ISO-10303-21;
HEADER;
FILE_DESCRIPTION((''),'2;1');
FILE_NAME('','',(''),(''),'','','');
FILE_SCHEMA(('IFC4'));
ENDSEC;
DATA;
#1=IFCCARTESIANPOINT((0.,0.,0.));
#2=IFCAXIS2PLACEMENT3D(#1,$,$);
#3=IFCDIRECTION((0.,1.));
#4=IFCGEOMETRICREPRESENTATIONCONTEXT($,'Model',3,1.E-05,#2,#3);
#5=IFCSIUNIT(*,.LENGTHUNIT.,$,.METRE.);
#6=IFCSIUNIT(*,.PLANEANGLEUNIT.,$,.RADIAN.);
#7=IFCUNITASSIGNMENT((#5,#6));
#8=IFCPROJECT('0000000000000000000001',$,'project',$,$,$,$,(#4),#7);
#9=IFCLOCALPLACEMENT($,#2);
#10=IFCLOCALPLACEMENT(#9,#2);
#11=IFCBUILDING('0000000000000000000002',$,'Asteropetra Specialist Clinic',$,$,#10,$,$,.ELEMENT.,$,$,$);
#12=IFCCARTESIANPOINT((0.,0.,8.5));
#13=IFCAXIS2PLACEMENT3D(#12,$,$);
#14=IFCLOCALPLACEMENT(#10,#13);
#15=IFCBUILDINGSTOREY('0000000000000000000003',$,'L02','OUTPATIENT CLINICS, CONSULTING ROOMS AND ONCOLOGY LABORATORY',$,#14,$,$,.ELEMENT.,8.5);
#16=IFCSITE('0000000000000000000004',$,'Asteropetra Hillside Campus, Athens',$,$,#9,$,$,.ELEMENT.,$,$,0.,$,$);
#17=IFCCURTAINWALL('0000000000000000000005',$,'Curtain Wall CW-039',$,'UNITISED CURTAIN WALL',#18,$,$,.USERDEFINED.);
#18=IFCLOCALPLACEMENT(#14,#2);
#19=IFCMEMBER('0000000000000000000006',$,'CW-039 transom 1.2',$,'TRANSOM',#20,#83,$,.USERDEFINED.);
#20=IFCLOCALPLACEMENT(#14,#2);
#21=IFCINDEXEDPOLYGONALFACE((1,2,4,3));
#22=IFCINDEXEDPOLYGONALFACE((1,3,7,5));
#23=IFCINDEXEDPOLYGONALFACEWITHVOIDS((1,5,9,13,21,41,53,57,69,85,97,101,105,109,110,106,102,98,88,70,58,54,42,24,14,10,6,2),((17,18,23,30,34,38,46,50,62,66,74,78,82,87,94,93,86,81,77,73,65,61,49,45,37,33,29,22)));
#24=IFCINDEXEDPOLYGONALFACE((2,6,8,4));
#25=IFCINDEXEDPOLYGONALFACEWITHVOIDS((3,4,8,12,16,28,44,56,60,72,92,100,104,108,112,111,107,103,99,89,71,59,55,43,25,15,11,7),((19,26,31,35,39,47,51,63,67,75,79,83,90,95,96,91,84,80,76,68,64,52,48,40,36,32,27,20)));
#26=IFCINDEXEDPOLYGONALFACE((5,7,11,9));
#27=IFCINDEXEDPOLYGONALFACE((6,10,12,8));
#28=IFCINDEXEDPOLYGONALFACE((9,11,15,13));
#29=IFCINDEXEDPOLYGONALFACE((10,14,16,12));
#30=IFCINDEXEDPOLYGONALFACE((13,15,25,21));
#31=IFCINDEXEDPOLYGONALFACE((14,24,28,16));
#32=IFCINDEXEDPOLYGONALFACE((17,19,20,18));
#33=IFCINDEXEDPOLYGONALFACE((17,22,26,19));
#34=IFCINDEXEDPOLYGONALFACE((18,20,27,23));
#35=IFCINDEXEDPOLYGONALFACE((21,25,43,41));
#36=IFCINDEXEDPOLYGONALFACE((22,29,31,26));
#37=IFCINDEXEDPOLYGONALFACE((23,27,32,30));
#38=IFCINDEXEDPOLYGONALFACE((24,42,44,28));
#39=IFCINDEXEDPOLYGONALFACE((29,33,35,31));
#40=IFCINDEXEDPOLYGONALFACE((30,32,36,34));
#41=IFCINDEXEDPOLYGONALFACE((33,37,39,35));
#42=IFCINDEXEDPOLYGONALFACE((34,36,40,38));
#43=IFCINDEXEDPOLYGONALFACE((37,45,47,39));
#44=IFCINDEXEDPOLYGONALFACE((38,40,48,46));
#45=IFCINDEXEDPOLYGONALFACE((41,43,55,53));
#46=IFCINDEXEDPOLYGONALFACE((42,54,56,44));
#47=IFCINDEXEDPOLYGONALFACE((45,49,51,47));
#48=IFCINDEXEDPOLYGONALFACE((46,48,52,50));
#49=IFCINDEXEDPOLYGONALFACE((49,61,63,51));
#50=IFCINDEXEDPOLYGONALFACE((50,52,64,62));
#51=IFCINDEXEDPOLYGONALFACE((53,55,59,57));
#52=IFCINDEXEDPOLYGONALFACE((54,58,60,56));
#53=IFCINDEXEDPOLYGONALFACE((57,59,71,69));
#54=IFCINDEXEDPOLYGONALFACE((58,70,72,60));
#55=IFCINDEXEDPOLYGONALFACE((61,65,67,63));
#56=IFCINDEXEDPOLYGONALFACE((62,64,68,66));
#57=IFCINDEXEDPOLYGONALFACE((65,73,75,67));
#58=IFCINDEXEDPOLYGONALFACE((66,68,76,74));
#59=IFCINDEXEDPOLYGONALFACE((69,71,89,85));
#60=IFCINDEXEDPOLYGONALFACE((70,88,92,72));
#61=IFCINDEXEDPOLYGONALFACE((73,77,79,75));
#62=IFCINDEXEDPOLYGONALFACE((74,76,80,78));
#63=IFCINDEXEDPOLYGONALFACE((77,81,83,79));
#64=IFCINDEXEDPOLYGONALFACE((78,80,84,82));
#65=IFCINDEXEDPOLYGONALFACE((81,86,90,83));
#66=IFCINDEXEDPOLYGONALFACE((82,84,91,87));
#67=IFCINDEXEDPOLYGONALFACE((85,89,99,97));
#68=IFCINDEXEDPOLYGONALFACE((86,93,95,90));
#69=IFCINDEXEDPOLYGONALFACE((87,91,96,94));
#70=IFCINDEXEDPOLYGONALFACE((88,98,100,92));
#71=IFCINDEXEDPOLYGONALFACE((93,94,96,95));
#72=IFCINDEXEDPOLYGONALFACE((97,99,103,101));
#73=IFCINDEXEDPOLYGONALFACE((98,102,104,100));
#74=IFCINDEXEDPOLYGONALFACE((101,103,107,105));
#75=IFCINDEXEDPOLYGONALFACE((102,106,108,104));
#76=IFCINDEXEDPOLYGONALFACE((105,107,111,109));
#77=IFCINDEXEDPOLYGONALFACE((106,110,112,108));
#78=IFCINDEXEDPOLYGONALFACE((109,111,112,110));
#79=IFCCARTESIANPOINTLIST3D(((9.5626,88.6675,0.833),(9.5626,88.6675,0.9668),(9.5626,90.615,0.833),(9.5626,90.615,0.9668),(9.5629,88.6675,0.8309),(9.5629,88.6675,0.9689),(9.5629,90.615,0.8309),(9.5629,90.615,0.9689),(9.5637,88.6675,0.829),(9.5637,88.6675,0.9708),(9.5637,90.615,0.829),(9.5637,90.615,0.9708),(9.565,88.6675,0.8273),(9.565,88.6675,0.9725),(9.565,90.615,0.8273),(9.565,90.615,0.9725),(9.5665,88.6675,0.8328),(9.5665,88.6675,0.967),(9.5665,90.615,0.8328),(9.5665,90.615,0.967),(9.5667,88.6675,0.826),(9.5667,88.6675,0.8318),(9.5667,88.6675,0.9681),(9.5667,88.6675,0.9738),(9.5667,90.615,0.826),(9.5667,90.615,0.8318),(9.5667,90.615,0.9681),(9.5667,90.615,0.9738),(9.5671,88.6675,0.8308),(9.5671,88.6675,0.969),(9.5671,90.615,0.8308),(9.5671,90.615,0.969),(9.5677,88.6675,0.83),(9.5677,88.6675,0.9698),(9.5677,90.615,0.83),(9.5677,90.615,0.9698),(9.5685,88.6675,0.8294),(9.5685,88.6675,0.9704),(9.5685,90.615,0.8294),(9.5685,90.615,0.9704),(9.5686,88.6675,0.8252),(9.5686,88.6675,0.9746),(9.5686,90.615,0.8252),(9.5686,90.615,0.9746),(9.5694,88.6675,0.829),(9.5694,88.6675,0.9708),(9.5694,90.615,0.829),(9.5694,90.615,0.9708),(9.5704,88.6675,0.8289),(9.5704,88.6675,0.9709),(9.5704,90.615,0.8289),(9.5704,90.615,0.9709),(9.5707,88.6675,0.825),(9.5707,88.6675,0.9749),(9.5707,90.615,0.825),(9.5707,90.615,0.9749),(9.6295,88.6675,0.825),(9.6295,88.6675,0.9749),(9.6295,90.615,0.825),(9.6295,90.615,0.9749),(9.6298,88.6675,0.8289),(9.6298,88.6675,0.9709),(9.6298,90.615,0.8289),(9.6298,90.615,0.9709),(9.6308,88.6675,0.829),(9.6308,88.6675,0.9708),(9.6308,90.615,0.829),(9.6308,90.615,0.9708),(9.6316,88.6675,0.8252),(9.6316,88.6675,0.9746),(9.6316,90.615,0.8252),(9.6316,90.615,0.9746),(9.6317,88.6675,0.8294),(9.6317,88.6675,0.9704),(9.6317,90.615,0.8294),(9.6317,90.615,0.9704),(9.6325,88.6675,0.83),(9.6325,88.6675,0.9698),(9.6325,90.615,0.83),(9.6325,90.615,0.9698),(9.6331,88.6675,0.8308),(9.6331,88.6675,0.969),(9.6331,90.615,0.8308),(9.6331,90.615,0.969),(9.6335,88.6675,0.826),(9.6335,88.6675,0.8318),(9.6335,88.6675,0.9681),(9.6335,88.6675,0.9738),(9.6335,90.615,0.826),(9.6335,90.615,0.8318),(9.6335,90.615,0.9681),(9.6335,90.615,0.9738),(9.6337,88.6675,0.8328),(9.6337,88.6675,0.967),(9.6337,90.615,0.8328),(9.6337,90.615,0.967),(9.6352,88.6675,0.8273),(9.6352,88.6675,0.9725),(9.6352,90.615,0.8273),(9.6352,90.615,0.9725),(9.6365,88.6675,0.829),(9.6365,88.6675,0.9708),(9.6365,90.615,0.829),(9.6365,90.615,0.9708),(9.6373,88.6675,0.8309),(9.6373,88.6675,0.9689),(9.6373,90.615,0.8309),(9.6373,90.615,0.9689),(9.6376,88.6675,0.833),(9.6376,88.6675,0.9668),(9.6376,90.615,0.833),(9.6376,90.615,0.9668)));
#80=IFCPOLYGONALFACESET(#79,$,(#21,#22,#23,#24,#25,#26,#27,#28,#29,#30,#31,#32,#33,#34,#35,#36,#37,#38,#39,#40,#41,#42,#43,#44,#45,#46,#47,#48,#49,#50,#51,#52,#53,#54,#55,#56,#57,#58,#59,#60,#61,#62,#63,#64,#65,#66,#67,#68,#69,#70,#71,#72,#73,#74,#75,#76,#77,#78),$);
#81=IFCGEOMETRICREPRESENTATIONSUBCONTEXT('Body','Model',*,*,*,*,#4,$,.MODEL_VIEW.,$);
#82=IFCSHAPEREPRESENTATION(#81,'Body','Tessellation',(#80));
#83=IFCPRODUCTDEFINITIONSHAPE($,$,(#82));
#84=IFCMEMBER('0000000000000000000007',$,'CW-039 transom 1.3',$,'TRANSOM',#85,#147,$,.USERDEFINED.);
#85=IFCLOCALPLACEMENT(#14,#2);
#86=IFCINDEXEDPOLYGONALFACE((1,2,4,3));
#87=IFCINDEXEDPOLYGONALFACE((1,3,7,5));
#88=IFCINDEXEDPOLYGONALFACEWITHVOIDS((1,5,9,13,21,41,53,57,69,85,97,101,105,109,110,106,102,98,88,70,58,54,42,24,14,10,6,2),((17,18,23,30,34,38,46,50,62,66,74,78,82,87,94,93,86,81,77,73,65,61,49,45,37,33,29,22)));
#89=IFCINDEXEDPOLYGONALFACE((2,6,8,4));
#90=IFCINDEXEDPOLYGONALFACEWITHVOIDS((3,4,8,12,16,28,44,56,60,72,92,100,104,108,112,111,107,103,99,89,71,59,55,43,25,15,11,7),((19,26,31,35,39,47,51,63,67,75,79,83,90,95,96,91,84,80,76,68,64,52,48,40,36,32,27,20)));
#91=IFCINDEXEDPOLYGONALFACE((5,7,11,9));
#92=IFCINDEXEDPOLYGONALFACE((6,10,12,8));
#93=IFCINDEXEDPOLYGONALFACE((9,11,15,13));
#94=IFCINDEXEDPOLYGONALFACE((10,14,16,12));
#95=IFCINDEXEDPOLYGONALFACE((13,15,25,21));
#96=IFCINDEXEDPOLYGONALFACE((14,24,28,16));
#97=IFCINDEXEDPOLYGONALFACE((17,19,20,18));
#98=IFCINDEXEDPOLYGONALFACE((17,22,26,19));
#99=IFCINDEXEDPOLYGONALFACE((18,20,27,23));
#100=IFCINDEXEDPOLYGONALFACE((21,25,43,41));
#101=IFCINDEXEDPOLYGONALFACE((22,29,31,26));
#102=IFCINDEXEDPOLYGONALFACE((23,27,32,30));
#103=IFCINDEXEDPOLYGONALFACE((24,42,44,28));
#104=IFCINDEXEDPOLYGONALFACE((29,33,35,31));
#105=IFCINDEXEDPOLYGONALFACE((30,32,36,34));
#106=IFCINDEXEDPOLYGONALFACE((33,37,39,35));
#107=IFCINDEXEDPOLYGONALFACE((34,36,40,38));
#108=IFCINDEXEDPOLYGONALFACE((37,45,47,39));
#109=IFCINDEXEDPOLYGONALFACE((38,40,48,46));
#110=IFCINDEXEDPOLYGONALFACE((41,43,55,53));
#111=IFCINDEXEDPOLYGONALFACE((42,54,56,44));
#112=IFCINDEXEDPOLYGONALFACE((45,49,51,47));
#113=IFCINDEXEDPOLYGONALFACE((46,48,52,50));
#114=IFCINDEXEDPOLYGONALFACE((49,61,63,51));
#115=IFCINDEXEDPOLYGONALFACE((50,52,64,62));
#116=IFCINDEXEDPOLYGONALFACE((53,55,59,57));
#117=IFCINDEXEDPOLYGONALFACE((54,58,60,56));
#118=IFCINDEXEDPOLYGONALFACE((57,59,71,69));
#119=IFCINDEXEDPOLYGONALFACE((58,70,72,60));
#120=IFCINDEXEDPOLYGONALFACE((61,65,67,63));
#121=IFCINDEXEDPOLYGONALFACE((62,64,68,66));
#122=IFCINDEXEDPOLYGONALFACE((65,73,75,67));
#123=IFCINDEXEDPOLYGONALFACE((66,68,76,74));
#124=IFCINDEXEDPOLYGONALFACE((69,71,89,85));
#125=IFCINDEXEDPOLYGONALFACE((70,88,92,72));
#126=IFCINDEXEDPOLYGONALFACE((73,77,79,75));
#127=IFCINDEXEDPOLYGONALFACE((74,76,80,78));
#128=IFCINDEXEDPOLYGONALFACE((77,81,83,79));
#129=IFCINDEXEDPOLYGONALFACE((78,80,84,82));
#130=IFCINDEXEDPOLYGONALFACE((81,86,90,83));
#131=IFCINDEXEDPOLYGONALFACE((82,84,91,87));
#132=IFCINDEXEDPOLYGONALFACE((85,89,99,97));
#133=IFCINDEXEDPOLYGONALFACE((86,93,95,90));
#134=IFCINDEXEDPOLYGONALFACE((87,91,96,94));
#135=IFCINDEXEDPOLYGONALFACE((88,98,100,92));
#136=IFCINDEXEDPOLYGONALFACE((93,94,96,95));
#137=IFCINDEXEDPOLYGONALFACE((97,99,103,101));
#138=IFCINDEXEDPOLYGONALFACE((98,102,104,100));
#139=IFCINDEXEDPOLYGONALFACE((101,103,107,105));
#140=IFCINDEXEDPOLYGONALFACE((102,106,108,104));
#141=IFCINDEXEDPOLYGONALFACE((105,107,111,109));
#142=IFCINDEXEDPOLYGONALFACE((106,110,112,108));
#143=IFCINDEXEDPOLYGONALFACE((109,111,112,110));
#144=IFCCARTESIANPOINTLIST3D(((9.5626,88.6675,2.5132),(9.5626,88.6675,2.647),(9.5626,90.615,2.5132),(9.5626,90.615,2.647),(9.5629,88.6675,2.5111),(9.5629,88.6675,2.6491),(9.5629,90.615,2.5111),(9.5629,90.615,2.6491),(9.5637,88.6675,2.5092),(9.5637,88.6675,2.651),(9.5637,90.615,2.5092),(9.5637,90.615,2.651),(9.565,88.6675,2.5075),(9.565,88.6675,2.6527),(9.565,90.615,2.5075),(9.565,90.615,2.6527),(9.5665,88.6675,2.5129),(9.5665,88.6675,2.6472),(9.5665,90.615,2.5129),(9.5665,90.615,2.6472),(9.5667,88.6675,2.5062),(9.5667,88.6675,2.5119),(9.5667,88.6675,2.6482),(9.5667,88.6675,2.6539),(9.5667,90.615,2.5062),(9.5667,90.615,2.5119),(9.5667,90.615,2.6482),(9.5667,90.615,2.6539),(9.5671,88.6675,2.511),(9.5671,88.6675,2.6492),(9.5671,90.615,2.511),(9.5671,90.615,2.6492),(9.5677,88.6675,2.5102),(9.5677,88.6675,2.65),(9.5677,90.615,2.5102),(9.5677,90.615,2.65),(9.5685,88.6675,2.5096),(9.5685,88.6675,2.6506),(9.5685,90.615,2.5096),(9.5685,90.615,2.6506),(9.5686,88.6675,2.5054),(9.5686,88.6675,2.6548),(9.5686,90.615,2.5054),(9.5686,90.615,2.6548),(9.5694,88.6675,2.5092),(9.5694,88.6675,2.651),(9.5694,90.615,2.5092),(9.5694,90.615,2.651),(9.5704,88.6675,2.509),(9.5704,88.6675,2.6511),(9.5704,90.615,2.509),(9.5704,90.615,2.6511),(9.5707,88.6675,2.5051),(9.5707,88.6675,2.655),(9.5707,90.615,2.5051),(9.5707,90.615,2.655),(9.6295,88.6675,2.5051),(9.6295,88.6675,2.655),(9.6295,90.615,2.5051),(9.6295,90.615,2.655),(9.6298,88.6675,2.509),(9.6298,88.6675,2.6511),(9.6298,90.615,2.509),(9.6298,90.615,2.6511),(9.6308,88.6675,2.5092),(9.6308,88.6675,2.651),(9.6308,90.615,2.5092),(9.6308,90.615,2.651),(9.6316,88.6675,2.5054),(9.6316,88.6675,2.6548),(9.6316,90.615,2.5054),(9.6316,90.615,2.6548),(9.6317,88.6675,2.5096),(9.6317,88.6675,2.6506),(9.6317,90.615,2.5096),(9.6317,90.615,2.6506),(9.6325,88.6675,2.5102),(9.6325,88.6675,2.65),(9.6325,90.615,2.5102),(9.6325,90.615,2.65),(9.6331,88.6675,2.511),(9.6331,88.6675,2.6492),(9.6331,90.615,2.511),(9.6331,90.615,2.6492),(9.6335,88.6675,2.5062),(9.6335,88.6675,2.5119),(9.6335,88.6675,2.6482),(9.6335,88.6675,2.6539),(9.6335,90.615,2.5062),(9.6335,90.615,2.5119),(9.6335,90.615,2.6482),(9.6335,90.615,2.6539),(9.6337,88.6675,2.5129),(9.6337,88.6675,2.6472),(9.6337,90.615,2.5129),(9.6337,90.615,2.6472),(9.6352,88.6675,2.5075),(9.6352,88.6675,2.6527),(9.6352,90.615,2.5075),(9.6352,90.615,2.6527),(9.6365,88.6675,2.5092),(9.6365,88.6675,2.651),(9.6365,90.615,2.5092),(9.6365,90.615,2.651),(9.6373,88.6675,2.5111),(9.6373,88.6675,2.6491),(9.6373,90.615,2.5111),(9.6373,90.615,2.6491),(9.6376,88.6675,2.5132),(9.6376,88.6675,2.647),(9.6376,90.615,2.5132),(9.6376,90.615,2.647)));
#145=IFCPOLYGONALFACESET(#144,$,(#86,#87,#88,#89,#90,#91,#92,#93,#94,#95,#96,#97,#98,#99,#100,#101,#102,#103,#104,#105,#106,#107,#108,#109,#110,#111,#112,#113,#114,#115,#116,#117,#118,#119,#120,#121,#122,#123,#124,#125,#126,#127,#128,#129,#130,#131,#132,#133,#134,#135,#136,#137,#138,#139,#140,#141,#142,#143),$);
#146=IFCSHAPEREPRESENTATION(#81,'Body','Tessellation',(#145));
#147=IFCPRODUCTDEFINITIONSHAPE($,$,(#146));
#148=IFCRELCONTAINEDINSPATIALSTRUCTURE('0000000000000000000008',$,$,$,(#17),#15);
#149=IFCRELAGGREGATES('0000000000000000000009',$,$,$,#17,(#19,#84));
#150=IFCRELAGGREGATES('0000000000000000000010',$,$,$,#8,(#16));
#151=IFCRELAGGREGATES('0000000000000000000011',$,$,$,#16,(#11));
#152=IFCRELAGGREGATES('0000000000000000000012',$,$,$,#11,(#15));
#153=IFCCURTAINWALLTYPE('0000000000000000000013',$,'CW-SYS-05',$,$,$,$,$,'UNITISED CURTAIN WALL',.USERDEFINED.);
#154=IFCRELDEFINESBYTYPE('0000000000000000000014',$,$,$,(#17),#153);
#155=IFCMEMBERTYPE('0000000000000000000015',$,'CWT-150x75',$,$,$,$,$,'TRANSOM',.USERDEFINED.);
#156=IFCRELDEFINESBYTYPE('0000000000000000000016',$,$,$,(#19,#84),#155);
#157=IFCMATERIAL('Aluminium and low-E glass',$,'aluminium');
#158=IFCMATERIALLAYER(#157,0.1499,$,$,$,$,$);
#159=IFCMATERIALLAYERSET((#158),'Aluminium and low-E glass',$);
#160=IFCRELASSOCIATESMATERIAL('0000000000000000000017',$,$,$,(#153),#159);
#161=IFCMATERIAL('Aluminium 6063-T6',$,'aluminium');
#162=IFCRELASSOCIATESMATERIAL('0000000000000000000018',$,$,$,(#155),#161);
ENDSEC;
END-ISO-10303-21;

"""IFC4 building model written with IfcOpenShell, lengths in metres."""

from ifc_helpers import new_model, si_unit, direction, frame, origin, origin_2d, place, context, subcontext, project, spatial, hollow_rectangle, extrude, material, layer, layer_set, material_profile, profile_set, type_object, element, aggregate, save


model = new_model("IFC4")

# Units and contexts
model_context = context("Model", 3, precision=1e-05, world=origin(), true_north=direction((0.0, 1.0)))
body_context = subcontext(model_context, "Body", "Model", "MODEL_VIEW")
ifc_project = project(units=[si_unit("LENGTHUNIT", "METRE"), si_unit("PLANEANGLEUNIT", "RADIAN")], contexts=[model_context])

# Site, building, storey
site_placement = place(None, origin())
site = spatial("IfcSite", under=ifc_project, at=site_placement, Name="Asteropetra Hillside Campus, Athens", CompositionType="ELEMENT", RefElevation=0.0)
building_placement = place(site_placement, origin())
building = spatial("IfcBuilding", under=site, at=building_placement, Name="Asteropetra Specialist Clinic", CompositionType="ELEMENT")
storey_placement = place(building_placement, frame((0.0, 0.0, 8.5)))
storey = spatial("IfcBuildingStorey", under=building, at=storey_placement, Name="L02", Description="OUTPATIENT CLINICS, CONSULTING ROOMS AND ONCOLOGY LABORATORY", CompositionType="ELEMENT", Elevation=8.5)

# Curtain wall, members
ifc_material_1 = material(Name="Aluminium and low-E glass", Category="aluminium")
ifc_layer_1 = layer(ifc_material_1, 0.1499)
ifc_layer_set_1 = layer_set([ifc_layer_1], Name="Aluminium and low-E glass")
curtain_wall_type = type_object("IfcCurtainWallType", Name="CW-SYS-05", ElementType="UNITISED CURTAIN WALL", PredefinedType="USERDEFINED", material=ifc_layer_set_1)
curtain_wall_placement = place(storey_placement, origin())
curtain_wall = element("IfcCurtainWall", 1, at=curtain_wall_placement, inside=storey, type_object=curtain_wall_type, Name="Curtain Wall CW-039", ObjectType="UNITISED CURTAIN WALL", PredefinedType="USERDEFINED")
ifc_material_2 = material(Name="Aluminium 6063-T6", Category="aluminium")
ifc_material_profile_1 = material_profile(ifc_material_2, hollow_rectangle(XDim=0.075, YDim=0.1499, WallThickness=0.0039, InnerFilletRadius=0.0039, OuterFilletRadius=0.0081, at=origin_2d()), Name="TRN 150x75x4.0")
ifc_profile_set_1 = profile_set([ifc_material_profile_1], Name="Aluminium 6063-T6")
member_type_1 = type_object("IfcMemberType", Name="CWT-150x75", ElementType="TRANSOM", PredefinedType="USERDEFINED", material=ifc_profile_set_1)
member_1_placement = place(storey_placement, frame((9.6001, 90.615, 0.8999), z_axis=(0.0, -1.0, 0.0), x_axis=(1.0, 0.0, 0.0)))
member_1 = element("IfcMember", 2, at=member_1_placement, type_object=member_type_1, Name="CW-039 transom 1.2", ObjectType="TRANSOM", PredefinedType="USERDEFINED", context=body_context, shape_type="SweptSolid", body=[
    extrude(hollow_rectangle(XDim=0.075, YDim=0.1499, WallThickness=0.0039, InnerFilletRadius=0.0039, OuterFilletRadius=0.0081, at=origin_2d()), origin(), (0.0, 0.0, 1.0), 1.9475),
])
member_2_placement = place(storey_placement, frame((9.6001, 90.615, 2.5801), z_axis=(0.0, -1.0, 0.0), x_axis=(1.0, 0.0, 0.0)))
member_2 = element("IfcMember", 3, at=member_2_placement, type_object=member_type_1, Name="CW-039 transom 1.3", ObjectType="TRANSOM", PredefinedType="USERDEFINED", context=body_context, shape_type="SweptSolid", body=[
    extrude(hollow_rectangle(XDim=0.075, YDim=0.1499, WallThickness=0.0039, InnerFilletRadius=0.0039, OuterFilletRadius=0.0081, at=origin_2d()), origin(), (0.0, 0.0, 1.0), 1.9475),
])

aggregate(curtain_wall, [member_1, member_2])

save(model, "model.ifc")
